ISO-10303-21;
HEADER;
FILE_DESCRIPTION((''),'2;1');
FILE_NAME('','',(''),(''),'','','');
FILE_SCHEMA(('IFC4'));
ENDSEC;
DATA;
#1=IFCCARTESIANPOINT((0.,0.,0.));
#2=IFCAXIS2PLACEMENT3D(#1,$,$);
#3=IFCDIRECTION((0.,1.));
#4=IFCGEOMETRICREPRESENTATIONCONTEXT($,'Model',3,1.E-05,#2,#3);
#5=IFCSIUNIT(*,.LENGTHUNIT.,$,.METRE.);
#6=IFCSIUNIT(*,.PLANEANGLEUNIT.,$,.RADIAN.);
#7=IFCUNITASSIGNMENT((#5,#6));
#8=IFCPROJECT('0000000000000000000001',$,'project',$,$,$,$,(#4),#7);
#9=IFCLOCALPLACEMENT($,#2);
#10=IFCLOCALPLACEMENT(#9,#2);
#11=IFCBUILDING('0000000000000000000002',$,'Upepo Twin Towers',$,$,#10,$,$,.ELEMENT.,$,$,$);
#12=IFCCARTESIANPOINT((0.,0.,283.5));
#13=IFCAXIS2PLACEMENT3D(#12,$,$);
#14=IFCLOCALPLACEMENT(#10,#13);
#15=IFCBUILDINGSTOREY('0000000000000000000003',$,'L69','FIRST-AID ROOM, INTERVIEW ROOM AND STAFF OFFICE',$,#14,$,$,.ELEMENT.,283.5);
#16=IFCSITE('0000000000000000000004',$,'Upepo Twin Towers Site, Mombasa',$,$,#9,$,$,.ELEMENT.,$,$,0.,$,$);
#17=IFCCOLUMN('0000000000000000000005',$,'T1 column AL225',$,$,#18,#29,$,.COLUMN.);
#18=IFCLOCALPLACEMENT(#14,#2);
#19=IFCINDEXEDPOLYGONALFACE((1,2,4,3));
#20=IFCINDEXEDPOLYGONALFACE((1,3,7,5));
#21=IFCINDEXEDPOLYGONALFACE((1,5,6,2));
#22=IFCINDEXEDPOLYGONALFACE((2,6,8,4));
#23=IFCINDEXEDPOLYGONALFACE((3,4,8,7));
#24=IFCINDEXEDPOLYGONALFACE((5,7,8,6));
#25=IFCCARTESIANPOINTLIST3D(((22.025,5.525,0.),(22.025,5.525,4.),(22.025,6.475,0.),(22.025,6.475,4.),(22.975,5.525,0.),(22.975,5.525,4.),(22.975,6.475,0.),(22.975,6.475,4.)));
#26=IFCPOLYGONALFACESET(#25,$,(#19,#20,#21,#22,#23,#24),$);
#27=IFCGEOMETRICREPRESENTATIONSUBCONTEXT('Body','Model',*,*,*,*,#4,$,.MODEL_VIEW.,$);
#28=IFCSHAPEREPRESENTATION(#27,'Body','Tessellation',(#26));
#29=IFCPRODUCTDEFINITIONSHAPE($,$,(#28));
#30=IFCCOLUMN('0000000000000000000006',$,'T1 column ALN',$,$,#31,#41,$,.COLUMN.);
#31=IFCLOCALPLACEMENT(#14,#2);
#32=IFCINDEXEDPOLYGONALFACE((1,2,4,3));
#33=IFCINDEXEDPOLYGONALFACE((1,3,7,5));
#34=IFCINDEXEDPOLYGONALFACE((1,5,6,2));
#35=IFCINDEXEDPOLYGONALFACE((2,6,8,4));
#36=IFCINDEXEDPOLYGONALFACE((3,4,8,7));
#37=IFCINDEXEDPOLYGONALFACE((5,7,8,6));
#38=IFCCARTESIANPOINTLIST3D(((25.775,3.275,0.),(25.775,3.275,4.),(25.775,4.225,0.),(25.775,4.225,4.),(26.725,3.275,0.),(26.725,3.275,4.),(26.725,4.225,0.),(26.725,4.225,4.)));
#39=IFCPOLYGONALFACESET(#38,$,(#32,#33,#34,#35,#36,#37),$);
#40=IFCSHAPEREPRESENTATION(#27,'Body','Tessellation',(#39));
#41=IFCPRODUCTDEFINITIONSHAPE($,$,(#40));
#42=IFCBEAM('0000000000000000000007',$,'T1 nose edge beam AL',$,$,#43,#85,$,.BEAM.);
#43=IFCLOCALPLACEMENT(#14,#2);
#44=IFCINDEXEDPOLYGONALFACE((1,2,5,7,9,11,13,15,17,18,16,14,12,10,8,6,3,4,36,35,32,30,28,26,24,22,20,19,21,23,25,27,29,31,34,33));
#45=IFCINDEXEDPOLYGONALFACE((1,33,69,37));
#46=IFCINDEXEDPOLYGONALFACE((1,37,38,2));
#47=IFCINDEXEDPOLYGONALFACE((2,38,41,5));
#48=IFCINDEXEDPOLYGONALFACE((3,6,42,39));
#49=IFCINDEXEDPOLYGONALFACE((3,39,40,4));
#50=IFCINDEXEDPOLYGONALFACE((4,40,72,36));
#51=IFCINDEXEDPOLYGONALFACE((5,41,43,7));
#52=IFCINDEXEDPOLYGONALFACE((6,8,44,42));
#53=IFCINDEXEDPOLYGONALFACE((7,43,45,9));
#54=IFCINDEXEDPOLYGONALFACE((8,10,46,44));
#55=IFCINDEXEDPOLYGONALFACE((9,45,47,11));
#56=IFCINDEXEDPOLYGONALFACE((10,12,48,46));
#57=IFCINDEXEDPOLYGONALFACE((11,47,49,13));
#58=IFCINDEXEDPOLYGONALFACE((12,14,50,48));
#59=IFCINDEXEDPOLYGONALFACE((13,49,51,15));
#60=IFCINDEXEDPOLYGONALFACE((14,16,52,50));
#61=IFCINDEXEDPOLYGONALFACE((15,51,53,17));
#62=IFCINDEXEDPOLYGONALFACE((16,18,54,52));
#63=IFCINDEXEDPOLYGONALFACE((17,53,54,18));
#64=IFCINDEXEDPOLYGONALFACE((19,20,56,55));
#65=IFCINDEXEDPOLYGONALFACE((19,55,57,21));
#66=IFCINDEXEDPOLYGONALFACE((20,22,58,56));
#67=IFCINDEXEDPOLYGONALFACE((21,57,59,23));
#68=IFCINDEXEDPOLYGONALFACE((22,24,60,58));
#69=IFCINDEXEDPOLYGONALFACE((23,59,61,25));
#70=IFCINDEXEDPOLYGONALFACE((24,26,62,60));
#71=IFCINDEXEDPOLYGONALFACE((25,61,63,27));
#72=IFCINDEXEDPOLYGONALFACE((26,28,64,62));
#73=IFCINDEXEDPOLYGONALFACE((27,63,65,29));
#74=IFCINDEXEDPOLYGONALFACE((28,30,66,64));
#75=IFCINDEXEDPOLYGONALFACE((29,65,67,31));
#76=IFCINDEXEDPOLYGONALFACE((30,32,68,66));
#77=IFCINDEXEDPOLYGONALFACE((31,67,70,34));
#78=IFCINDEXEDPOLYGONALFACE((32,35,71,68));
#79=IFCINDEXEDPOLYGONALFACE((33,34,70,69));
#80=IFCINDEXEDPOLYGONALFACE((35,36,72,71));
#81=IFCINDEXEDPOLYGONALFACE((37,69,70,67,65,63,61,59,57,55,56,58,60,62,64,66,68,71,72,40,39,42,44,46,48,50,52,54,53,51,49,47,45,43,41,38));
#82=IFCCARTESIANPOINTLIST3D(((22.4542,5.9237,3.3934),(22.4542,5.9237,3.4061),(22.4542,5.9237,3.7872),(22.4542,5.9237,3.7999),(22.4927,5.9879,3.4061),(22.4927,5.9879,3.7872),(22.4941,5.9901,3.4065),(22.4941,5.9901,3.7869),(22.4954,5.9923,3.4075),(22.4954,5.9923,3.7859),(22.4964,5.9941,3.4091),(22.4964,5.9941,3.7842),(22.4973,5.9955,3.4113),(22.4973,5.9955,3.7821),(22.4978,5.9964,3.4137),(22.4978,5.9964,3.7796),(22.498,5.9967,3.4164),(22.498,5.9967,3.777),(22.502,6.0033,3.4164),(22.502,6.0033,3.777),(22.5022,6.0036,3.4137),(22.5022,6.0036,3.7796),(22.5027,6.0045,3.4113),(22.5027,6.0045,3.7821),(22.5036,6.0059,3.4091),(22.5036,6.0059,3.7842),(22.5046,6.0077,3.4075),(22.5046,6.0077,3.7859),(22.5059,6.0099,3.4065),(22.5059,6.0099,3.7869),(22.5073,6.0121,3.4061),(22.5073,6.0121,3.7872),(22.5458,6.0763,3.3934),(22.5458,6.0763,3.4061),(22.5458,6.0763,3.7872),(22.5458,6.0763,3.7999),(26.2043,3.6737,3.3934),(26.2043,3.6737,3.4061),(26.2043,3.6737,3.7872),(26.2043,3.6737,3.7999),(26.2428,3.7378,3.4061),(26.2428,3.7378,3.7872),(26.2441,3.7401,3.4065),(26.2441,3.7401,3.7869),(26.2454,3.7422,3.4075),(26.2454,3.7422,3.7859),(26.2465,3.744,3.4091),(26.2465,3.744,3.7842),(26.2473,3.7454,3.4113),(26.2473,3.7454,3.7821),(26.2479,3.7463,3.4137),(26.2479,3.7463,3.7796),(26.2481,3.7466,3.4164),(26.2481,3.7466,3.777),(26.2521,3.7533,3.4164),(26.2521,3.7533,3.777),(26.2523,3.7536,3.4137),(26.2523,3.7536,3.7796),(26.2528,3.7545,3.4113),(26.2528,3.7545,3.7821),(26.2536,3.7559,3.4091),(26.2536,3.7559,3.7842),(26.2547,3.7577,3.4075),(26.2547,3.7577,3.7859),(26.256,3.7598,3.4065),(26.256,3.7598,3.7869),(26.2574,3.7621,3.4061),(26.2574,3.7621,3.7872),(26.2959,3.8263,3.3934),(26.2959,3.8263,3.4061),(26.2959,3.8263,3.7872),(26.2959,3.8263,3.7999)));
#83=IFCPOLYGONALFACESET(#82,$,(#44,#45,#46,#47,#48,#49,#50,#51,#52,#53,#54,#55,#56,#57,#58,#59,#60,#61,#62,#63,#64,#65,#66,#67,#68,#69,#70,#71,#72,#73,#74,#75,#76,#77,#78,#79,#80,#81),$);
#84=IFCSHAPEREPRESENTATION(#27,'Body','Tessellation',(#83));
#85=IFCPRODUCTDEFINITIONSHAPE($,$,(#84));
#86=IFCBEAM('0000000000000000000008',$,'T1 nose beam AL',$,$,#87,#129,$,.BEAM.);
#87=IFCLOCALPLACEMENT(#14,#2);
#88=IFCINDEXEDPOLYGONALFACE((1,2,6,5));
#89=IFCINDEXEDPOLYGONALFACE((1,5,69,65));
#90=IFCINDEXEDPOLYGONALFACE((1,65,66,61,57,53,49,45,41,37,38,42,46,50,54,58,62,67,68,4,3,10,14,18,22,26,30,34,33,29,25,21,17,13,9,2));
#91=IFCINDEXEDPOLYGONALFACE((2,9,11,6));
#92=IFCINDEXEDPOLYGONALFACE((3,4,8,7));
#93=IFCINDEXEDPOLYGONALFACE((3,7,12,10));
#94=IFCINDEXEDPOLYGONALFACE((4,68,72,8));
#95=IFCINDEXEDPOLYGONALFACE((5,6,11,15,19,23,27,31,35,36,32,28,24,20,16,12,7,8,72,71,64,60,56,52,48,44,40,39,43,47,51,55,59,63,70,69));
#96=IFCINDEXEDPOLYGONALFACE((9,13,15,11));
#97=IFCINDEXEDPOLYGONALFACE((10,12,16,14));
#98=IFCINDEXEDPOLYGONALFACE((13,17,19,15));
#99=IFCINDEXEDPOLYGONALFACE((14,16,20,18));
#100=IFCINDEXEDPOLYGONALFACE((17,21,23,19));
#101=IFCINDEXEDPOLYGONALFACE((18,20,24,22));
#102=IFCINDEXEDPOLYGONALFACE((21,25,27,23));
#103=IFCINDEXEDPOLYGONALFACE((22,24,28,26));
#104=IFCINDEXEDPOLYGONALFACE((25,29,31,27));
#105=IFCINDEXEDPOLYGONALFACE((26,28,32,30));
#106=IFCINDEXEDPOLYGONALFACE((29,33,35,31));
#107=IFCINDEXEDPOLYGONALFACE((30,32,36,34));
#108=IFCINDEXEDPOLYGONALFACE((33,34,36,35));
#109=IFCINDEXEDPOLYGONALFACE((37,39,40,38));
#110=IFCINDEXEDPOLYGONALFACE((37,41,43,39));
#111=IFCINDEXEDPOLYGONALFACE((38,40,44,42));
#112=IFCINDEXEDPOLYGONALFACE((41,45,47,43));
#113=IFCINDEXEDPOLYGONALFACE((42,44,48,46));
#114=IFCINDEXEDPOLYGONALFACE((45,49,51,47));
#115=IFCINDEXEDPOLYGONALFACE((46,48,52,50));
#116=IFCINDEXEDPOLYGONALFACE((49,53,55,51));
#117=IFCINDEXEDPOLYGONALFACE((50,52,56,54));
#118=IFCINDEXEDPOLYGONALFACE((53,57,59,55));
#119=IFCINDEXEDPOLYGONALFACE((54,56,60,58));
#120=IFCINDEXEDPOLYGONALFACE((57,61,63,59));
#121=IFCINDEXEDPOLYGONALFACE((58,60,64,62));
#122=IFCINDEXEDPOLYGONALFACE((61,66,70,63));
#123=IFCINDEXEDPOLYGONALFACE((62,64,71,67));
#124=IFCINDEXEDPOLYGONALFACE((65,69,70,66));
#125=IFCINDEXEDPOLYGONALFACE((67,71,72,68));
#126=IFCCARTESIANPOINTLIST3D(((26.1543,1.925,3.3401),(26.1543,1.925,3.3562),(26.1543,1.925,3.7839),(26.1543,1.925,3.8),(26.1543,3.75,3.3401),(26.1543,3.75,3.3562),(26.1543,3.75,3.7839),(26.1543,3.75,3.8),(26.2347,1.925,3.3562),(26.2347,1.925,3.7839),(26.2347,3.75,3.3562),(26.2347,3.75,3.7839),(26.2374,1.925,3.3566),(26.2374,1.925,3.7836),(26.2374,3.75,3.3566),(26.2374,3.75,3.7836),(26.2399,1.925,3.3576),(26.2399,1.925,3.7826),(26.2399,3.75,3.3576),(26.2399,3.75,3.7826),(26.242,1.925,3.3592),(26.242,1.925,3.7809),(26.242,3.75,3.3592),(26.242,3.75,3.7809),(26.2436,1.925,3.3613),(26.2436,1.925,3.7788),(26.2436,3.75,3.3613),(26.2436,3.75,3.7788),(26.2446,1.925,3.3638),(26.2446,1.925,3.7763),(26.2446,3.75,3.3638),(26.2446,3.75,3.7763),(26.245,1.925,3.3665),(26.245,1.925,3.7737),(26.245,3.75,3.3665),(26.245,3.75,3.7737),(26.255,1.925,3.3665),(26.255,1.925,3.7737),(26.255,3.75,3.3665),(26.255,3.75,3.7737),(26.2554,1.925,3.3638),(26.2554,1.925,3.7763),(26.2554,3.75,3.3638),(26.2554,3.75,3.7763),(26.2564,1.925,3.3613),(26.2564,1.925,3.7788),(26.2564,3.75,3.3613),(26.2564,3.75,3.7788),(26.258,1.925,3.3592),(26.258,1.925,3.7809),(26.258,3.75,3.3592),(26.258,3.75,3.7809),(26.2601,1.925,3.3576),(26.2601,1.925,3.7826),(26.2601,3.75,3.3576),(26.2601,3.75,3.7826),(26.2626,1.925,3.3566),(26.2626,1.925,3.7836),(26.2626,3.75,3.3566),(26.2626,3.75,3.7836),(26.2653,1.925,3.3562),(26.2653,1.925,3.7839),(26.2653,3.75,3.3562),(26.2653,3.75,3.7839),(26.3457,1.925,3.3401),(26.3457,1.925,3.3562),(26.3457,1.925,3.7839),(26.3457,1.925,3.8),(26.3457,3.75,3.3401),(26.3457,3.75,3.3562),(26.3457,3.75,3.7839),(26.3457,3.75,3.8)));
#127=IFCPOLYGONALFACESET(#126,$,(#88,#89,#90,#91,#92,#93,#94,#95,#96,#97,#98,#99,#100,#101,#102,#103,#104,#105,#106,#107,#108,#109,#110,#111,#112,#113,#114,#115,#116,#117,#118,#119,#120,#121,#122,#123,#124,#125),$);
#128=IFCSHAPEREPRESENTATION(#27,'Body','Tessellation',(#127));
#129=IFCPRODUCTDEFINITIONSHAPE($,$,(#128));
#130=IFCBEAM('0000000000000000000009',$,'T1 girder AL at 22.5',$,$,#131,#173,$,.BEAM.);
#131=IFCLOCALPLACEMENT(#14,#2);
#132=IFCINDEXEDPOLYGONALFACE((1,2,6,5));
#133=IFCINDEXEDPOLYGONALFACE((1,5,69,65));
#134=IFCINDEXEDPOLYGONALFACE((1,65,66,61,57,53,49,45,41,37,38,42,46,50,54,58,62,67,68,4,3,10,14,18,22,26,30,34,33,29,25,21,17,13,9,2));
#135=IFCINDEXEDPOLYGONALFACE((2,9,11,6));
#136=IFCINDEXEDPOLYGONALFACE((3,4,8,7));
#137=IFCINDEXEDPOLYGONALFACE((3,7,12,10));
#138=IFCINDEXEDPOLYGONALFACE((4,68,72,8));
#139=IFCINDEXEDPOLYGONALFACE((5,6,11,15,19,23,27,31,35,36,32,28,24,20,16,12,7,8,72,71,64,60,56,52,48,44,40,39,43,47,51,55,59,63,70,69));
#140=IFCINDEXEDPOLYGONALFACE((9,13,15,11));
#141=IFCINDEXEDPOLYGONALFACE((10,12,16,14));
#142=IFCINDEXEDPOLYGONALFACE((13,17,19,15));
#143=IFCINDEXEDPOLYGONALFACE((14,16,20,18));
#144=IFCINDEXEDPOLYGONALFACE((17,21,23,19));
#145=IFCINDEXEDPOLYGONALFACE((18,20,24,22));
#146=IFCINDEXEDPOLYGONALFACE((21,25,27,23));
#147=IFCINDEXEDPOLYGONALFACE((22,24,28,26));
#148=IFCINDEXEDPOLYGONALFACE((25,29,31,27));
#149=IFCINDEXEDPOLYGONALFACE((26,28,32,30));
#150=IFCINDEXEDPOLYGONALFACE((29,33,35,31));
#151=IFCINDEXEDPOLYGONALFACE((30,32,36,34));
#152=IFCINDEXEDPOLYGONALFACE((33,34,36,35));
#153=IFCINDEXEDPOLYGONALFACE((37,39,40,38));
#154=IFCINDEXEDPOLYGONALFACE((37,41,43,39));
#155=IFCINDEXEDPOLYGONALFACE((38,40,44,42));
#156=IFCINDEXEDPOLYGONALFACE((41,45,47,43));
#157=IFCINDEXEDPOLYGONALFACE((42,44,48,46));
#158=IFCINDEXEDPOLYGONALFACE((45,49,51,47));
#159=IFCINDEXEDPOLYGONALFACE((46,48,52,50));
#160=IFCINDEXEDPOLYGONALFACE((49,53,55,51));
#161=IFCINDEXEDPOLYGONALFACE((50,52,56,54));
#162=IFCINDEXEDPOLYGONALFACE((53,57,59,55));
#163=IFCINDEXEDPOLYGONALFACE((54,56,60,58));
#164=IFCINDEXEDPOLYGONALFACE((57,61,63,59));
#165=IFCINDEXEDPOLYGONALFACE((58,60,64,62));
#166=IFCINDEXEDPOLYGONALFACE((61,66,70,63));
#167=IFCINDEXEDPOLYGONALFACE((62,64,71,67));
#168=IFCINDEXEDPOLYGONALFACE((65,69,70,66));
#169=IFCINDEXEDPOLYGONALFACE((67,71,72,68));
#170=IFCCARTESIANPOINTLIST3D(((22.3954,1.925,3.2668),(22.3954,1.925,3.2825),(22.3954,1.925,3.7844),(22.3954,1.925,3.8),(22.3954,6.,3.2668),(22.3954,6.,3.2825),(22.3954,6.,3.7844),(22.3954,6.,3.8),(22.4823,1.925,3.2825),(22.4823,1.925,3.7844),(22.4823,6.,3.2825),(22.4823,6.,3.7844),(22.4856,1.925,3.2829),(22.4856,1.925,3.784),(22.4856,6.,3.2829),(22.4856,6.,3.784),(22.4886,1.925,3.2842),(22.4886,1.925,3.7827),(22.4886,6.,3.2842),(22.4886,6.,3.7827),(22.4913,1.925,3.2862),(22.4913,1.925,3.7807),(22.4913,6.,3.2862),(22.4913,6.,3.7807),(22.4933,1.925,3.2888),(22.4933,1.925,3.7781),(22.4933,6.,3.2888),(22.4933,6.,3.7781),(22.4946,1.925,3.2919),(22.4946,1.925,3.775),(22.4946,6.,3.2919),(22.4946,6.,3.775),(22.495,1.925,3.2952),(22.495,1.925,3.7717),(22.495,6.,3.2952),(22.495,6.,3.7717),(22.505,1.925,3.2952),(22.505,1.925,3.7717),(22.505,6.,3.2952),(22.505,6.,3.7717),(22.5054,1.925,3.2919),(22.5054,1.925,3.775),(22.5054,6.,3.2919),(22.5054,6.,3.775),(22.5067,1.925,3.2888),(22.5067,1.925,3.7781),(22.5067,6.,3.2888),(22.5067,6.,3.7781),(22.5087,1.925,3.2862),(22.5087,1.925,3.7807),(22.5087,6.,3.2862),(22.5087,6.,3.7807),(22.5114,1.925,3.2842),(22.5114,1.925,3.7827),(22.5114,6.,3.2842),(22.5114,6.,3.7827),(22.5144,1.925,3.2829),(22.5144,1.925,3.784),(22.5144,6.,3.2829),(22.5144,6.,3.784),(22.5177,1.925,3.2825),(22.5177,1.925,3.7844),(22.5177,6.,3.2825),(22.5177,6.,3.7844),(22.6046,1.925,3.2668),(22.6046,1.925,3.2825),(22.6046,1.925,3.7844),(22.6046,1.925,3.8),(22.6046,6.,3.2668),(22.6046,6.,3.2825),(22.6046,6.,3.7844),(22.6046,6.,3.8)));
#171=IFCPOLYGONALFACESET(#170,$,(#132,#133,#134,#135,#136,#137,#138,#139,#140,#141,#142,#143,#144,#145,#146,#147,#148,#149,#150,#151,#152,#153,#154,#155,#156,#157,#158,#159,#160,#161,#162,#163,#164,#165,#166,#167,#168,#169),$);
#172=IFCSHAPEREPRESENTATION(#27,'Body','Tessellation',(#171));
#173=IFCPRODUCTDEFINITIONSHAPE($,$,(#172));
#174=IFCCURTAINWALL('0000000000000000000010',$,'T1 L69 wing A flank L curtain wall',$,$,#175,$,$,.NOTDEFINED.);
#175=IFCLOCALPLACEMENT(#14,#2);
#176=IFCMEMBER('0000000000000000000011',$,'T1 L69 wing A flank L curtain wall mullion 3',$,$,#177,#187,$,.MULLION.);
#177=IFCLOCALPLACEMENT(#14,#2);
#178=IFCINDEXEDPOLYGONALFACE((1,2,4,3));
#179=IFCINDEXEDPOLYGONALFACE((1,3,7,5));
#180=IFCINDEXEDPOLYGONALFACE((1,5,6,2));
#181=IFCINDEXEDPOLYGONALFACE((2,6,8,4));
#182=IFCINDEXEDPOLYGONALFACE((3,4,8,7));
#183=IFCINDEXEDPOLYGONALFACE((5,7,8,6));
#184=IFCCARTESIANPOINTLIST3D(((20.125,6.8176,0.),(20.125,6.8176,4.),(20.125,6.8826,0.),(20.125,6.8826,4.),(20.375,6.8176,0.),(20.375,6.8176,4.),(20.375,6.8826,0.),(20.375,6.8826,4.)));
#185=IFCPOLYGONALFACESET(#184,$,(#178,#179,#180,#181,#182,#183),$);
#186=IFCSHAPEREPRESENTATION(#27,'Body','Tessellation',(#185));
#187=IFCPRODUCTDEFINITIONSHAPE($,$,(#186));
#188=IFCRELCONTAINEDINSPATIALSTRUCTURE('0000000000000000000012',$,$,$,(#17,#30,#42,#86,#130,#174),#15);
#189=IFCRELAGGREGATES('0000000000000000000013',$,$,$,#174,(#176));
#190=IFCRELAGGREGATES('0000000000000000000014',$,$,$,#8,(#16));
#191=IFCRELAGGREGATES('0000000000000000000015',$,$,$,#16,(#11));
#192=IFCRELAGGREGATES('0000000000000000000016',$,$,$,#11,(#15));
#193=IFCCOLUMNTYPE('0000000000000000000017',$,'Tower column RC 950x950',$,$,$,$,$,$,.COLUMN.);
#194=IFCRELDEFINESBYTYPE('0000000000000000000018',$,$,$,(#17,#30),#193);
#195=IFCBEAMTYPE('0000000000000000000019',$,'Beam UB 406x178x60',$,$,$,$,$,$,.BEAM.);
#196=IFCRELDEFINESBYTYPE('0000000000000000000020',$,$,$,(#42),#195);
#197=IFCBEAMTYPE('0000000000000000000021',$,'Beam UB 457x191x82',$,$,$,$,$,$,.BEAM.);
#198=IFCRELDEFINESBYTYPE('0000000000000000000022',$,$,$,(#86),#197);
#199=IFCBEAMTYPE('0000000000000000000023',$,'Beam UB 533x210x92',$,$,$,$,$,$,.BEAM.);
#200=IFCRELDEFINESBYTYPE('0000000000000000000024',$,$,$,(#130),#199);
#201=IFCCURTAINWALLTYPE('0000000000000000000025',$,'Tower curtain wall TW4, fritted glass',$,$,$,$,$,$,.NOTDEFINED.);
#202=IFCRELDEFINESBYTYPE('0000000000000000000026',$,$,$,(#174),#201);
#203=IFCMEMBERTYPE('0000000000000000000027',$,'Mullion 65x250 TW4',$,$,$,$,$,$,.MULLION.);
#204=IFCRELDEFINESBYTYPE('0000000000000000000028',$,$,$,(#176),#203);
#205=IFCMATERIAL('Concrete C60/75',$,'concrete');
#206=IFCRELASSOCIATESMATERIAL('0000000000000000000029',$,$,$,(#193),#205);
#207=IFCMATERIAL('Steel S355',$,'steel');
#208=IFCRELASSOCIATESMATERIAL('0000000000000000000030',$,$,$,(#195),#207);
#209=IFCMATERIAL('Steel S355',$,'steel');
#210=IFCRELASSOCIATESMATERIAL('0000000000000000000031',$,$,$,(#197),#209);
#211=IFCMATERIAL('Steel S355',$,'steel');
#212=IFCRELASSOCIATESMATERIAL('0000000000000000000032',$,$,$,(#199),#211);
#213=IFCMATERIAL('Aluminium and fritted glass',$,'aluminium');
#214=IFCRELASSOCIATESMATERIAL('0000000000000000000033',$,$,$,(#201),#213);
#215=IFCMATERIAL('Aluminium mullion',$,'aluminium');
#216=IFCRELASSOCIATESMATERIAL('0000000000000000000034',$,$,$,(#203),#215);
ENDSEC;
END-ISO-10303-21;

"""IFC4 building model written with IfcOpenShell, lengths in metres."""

from ifc_helpers import new_model, si_unit, direction, frame, origin, origin_2d, place, context, subcontext, project, spatial, rectangle, i_section, extrude, material, material_profile, profile_set, type_object, element, aggregate, save


model = new_model("IFC4")

# Units and contexts
model_context = context("Model", 3, precision=1e-05, world=origin(), true_north=direction((0.0, 1.0)))
body_context = subcontext(model_context, "Body", "Model", "MODEL_VIEW")
ifc_project = project(units=[si_unit("LENGTHUNIT", "METRE"), si_unit("PLANEANGLEUNIT", "RADIAN")], contexts=[model_context])

# Site, building, storey
site_placement = place(None, origin())
site = spatial("IfcSite", under=ifc_project, at=site_placement, Name="Upepo Twin Towers Site, Mombasa", CompositionType="ELEMENT", RefElevation=0.0)
building_placement = place(site_placement, origin())
building = spatial("IfcBuilding", under=site, at=building_placement, Name="Upepo Twin Towers", CompositionType="ELEMENT")
storey_placement = place(building_placement, frame((0.0, 0.0, 283.5)))
storey = spatial("IfcBuildingStorey", under=building, at=storey_placement, Name="L69", Description="FIRST-AID ROOM, INTERVIEW ROOM AND STAFF OFFICE", CompositionType="ELEMENT", Elevation=283.5)

# Columns
ifc_material_1 = material(Name="Concrete C60/75", Category="concrete")
ifc_material_profile_1 = material_profile(ifc_material_1, rectangle(XDim=0.95, YDim=0.95, at=origin_2d()), Name="RC 950x950")
ifc_profile_set_1 = profile_set([ifc_material_profile_1], Name="Concrete C60/75")
column_type = type_object("IfcColumnType", Name="Tower column RC 950x950", PredefinedType="COLUMN", material=ifc_profile_set_1)
for number, where, z_axis, x_axis, name in (
    (1, (22.5, 6.0, 0.0), (0.0, 0.0, 1.0), (1.0, 0.0, 0.0), "T1 column AL225"),
    (2, (26.25, 3.75, 0.0), (0.0, 0.0, 1.0), (1.0, 0.0, 0.0), "T1 column ALN"),
):
    element("IfcColumn", number, at=place(storey_placement, frame(where, z_axis=z_axis, x_axis=x_axis)), inside=storey, type_object=column_type, Name=name, PredefinedType="COLUMN", context=body_context, shape_type="SweptSolid", body=[
        extrude(rectangle(XDim=0.95, YDim=0.95, at=origin_2d()), origin(), (0.0, 0.0, 1.0), 4.0),
    ])

# Beams
ifc_material_2 = material(Name="Steel S355", Category="steel")
ifc_material_profile_2 = material_profile(ifc_material_2, i_section(OverallWidth=0.178, OverallDepth=0.4065, WebThickness=0.0078, FlangeThickness=0.0127, FilletRadius=0.0103, at=origin_2d()), Name="UB 406x178x60")
ifc_profile_set_2 = profile_set([ifc_material_profile_2], Name="Steel S355")
beam_type_1 = type_object("IfcBeamType", Name="Beam UB 406x178x60", PredefinedType="BEAM", material=ifc_profile_set_2)
beam_1_placement = place(storey_placement, frame((22.5, 6.0, 3.5967), z_axis=(0.857493, -0.514496, 0.0), x_axis=(0.514496, 0.857493, 0.0)))
element("IfcBeam", 3, at=beam_1_placement, inside=storey, type_object=beam_type_1, Name="T1 nose edge beam AL", PredefinedType="BEAM", context=body_context, shape_type="SweptSolid", body=[
    extrude(i_section(OverallWidth=0.178, OverallDepth=0.4065, WebThickness=0.0078, FlangeThickness=0.0127, FilletRadius=0.0103, at=origin_2d()), origin(), (0.0, 0.0, 1.0), 4.3733),
])
ifc_material_3 = material(Name="Steel S355", Category="steel")
ifc_material_profile_3 = material_profile(ifc_material_3, i_section(OverallWidth=0.1914, OverallDepth=0.46, WebThickness=0.01, FlangeThickness=0.0161, FilletRadius=0.0103, at=origin_2d()), Name="UB 457x191x82")
ifc_profile_set_3 = profile_set([ifc_material_profile_3], Name="Steel S355")
beam_type_2 = type_object("IfcBeamType", Name="Beam UB 457x191x82", PredefinedType="BEAM", material=ifc_profile_set_3)
beam_2_placement = place(storey_placement, frame((26.25, 3.75, 3.5701), z_axis=(0.0, -1.0, 0.0), x_axis=(1.0, 0.0, 0.0)))
element("IfcBeam", 4, at=beam_2_placement, inside=storey, type_object=beam_type_2, Name="T1 nose beam AL", PredefinedType="BEAM", context=body_context, shape_type="SweptSolid", body=[
    extrude(i_section(OverallWidth=0.1914, OverallDepth=0.46, WebThickness=0.01, FlangeThickness=0.0161, FilletRadius=0.0103, at=origin_2d()), origin(), (0.0, 0.0, 1.0), 1.825),
])
ifc_material_4 = material(Name="Steel S355", Category="steel")
ifc_material_profile_4 = material_profile(ifc_material_4, i_section(OverallWidth=0.2092, OverallDepth=0.5332, WebThickness=0.01, FlangeThickness=0.0156, FilletRadius=0.0127, at=origin_2d()), Name="UB 533x210x92")
ifc_profile_set_4 = profile_set([ifc_material_profile_4], Name="Steel S355")
beam_type_3 = type_object("IfcBeamType", Name="Beam UB 533x210x92", PredefinedType="BEAM", material=ifc_profile_set_4)
beam_3_placement = place(storey_placement, frame((22.5, 6.0, 3.5334), z_axis=(0.0, -1.0, 0.0), x_axis=(1.0, 0.0, 0.0)))
element("IfcBeam", 5, at=beam_3_placement, inside=storey, type_object=beam_type_3, Name="T1 girder AL at 22.5", PredefinedType="BEAM", context=body_context, shape_type="SweptSolid", body=[
    extrude(i_section(OverallWidth=0.2092, OverallDepth=0.5332, WebThickness=0.01, FlangeThickness=0.0156, FilletRadius=0.0127, at=origin_2d()), origin(), (0.0, 0.0, 1.0), 4.075),
])

# Curtain wall, member
ifc_material_5 = material(Name="Aluminium and fritted glass", Category="aluminium")
curtain_wall_type = type_object("IfcCurtainWallType", Name="Tower curtain wall TW4, fritted glass", PredefinedType="NOTDEFINED", material=ifc_material_5)
curtain_wall_1_placement = place(storey_placement, origin())
curtain_wall_1 = element("IfcCurtainWall", 6, at=curtain_wall_1_placement, inside=storey, type_object=curtain_wall_type, Name="T1 L69 wing A flank L curtain wall", PredefinedType="NOTDEFINED")
ifc_material_6 = material(Name="Aluminium mullion", Category="aluminium")
ifc_material_profile_5 = material_profile(ifc_material_6, rectangle(XDim=0.0649, YDim=0.25, at=origin_2d()), Name="MULLION 65x250")
ifc_profile_set_5 = profile_set([ifc_material_profile_5], Name="Aluminium mullion")
member_type_1 = type_object("IfcMemberType", Name="Mullion 65x250 TW4", PredefinedType="MULLION", material=ifc_profile_set_5)
member_1_placement = place(storey_placement, frame((20.25, 6.8501, 0.0), z_axis=(0.0, 0.0, 1.0), x_axis=(0.0, 1.0, 0.0)))
member_1 = element("IfcMember", 7, at=member_1_placement, type_object=member_type_1, Name="T1 L69 wing A flank L curtain wall mullion 3", PredefinedType="MULLION", context=body_context, shape_type="SweptSolid", body=[
    extrude(rectangle(XDim=0.0649, YDim=0.25, at=origin_2d()), origin(), (0.0, 0.0, 1.0), 4.0),
])

aggregate(curtain_wall_1, [member_1])

save(model, "model.ifc")
